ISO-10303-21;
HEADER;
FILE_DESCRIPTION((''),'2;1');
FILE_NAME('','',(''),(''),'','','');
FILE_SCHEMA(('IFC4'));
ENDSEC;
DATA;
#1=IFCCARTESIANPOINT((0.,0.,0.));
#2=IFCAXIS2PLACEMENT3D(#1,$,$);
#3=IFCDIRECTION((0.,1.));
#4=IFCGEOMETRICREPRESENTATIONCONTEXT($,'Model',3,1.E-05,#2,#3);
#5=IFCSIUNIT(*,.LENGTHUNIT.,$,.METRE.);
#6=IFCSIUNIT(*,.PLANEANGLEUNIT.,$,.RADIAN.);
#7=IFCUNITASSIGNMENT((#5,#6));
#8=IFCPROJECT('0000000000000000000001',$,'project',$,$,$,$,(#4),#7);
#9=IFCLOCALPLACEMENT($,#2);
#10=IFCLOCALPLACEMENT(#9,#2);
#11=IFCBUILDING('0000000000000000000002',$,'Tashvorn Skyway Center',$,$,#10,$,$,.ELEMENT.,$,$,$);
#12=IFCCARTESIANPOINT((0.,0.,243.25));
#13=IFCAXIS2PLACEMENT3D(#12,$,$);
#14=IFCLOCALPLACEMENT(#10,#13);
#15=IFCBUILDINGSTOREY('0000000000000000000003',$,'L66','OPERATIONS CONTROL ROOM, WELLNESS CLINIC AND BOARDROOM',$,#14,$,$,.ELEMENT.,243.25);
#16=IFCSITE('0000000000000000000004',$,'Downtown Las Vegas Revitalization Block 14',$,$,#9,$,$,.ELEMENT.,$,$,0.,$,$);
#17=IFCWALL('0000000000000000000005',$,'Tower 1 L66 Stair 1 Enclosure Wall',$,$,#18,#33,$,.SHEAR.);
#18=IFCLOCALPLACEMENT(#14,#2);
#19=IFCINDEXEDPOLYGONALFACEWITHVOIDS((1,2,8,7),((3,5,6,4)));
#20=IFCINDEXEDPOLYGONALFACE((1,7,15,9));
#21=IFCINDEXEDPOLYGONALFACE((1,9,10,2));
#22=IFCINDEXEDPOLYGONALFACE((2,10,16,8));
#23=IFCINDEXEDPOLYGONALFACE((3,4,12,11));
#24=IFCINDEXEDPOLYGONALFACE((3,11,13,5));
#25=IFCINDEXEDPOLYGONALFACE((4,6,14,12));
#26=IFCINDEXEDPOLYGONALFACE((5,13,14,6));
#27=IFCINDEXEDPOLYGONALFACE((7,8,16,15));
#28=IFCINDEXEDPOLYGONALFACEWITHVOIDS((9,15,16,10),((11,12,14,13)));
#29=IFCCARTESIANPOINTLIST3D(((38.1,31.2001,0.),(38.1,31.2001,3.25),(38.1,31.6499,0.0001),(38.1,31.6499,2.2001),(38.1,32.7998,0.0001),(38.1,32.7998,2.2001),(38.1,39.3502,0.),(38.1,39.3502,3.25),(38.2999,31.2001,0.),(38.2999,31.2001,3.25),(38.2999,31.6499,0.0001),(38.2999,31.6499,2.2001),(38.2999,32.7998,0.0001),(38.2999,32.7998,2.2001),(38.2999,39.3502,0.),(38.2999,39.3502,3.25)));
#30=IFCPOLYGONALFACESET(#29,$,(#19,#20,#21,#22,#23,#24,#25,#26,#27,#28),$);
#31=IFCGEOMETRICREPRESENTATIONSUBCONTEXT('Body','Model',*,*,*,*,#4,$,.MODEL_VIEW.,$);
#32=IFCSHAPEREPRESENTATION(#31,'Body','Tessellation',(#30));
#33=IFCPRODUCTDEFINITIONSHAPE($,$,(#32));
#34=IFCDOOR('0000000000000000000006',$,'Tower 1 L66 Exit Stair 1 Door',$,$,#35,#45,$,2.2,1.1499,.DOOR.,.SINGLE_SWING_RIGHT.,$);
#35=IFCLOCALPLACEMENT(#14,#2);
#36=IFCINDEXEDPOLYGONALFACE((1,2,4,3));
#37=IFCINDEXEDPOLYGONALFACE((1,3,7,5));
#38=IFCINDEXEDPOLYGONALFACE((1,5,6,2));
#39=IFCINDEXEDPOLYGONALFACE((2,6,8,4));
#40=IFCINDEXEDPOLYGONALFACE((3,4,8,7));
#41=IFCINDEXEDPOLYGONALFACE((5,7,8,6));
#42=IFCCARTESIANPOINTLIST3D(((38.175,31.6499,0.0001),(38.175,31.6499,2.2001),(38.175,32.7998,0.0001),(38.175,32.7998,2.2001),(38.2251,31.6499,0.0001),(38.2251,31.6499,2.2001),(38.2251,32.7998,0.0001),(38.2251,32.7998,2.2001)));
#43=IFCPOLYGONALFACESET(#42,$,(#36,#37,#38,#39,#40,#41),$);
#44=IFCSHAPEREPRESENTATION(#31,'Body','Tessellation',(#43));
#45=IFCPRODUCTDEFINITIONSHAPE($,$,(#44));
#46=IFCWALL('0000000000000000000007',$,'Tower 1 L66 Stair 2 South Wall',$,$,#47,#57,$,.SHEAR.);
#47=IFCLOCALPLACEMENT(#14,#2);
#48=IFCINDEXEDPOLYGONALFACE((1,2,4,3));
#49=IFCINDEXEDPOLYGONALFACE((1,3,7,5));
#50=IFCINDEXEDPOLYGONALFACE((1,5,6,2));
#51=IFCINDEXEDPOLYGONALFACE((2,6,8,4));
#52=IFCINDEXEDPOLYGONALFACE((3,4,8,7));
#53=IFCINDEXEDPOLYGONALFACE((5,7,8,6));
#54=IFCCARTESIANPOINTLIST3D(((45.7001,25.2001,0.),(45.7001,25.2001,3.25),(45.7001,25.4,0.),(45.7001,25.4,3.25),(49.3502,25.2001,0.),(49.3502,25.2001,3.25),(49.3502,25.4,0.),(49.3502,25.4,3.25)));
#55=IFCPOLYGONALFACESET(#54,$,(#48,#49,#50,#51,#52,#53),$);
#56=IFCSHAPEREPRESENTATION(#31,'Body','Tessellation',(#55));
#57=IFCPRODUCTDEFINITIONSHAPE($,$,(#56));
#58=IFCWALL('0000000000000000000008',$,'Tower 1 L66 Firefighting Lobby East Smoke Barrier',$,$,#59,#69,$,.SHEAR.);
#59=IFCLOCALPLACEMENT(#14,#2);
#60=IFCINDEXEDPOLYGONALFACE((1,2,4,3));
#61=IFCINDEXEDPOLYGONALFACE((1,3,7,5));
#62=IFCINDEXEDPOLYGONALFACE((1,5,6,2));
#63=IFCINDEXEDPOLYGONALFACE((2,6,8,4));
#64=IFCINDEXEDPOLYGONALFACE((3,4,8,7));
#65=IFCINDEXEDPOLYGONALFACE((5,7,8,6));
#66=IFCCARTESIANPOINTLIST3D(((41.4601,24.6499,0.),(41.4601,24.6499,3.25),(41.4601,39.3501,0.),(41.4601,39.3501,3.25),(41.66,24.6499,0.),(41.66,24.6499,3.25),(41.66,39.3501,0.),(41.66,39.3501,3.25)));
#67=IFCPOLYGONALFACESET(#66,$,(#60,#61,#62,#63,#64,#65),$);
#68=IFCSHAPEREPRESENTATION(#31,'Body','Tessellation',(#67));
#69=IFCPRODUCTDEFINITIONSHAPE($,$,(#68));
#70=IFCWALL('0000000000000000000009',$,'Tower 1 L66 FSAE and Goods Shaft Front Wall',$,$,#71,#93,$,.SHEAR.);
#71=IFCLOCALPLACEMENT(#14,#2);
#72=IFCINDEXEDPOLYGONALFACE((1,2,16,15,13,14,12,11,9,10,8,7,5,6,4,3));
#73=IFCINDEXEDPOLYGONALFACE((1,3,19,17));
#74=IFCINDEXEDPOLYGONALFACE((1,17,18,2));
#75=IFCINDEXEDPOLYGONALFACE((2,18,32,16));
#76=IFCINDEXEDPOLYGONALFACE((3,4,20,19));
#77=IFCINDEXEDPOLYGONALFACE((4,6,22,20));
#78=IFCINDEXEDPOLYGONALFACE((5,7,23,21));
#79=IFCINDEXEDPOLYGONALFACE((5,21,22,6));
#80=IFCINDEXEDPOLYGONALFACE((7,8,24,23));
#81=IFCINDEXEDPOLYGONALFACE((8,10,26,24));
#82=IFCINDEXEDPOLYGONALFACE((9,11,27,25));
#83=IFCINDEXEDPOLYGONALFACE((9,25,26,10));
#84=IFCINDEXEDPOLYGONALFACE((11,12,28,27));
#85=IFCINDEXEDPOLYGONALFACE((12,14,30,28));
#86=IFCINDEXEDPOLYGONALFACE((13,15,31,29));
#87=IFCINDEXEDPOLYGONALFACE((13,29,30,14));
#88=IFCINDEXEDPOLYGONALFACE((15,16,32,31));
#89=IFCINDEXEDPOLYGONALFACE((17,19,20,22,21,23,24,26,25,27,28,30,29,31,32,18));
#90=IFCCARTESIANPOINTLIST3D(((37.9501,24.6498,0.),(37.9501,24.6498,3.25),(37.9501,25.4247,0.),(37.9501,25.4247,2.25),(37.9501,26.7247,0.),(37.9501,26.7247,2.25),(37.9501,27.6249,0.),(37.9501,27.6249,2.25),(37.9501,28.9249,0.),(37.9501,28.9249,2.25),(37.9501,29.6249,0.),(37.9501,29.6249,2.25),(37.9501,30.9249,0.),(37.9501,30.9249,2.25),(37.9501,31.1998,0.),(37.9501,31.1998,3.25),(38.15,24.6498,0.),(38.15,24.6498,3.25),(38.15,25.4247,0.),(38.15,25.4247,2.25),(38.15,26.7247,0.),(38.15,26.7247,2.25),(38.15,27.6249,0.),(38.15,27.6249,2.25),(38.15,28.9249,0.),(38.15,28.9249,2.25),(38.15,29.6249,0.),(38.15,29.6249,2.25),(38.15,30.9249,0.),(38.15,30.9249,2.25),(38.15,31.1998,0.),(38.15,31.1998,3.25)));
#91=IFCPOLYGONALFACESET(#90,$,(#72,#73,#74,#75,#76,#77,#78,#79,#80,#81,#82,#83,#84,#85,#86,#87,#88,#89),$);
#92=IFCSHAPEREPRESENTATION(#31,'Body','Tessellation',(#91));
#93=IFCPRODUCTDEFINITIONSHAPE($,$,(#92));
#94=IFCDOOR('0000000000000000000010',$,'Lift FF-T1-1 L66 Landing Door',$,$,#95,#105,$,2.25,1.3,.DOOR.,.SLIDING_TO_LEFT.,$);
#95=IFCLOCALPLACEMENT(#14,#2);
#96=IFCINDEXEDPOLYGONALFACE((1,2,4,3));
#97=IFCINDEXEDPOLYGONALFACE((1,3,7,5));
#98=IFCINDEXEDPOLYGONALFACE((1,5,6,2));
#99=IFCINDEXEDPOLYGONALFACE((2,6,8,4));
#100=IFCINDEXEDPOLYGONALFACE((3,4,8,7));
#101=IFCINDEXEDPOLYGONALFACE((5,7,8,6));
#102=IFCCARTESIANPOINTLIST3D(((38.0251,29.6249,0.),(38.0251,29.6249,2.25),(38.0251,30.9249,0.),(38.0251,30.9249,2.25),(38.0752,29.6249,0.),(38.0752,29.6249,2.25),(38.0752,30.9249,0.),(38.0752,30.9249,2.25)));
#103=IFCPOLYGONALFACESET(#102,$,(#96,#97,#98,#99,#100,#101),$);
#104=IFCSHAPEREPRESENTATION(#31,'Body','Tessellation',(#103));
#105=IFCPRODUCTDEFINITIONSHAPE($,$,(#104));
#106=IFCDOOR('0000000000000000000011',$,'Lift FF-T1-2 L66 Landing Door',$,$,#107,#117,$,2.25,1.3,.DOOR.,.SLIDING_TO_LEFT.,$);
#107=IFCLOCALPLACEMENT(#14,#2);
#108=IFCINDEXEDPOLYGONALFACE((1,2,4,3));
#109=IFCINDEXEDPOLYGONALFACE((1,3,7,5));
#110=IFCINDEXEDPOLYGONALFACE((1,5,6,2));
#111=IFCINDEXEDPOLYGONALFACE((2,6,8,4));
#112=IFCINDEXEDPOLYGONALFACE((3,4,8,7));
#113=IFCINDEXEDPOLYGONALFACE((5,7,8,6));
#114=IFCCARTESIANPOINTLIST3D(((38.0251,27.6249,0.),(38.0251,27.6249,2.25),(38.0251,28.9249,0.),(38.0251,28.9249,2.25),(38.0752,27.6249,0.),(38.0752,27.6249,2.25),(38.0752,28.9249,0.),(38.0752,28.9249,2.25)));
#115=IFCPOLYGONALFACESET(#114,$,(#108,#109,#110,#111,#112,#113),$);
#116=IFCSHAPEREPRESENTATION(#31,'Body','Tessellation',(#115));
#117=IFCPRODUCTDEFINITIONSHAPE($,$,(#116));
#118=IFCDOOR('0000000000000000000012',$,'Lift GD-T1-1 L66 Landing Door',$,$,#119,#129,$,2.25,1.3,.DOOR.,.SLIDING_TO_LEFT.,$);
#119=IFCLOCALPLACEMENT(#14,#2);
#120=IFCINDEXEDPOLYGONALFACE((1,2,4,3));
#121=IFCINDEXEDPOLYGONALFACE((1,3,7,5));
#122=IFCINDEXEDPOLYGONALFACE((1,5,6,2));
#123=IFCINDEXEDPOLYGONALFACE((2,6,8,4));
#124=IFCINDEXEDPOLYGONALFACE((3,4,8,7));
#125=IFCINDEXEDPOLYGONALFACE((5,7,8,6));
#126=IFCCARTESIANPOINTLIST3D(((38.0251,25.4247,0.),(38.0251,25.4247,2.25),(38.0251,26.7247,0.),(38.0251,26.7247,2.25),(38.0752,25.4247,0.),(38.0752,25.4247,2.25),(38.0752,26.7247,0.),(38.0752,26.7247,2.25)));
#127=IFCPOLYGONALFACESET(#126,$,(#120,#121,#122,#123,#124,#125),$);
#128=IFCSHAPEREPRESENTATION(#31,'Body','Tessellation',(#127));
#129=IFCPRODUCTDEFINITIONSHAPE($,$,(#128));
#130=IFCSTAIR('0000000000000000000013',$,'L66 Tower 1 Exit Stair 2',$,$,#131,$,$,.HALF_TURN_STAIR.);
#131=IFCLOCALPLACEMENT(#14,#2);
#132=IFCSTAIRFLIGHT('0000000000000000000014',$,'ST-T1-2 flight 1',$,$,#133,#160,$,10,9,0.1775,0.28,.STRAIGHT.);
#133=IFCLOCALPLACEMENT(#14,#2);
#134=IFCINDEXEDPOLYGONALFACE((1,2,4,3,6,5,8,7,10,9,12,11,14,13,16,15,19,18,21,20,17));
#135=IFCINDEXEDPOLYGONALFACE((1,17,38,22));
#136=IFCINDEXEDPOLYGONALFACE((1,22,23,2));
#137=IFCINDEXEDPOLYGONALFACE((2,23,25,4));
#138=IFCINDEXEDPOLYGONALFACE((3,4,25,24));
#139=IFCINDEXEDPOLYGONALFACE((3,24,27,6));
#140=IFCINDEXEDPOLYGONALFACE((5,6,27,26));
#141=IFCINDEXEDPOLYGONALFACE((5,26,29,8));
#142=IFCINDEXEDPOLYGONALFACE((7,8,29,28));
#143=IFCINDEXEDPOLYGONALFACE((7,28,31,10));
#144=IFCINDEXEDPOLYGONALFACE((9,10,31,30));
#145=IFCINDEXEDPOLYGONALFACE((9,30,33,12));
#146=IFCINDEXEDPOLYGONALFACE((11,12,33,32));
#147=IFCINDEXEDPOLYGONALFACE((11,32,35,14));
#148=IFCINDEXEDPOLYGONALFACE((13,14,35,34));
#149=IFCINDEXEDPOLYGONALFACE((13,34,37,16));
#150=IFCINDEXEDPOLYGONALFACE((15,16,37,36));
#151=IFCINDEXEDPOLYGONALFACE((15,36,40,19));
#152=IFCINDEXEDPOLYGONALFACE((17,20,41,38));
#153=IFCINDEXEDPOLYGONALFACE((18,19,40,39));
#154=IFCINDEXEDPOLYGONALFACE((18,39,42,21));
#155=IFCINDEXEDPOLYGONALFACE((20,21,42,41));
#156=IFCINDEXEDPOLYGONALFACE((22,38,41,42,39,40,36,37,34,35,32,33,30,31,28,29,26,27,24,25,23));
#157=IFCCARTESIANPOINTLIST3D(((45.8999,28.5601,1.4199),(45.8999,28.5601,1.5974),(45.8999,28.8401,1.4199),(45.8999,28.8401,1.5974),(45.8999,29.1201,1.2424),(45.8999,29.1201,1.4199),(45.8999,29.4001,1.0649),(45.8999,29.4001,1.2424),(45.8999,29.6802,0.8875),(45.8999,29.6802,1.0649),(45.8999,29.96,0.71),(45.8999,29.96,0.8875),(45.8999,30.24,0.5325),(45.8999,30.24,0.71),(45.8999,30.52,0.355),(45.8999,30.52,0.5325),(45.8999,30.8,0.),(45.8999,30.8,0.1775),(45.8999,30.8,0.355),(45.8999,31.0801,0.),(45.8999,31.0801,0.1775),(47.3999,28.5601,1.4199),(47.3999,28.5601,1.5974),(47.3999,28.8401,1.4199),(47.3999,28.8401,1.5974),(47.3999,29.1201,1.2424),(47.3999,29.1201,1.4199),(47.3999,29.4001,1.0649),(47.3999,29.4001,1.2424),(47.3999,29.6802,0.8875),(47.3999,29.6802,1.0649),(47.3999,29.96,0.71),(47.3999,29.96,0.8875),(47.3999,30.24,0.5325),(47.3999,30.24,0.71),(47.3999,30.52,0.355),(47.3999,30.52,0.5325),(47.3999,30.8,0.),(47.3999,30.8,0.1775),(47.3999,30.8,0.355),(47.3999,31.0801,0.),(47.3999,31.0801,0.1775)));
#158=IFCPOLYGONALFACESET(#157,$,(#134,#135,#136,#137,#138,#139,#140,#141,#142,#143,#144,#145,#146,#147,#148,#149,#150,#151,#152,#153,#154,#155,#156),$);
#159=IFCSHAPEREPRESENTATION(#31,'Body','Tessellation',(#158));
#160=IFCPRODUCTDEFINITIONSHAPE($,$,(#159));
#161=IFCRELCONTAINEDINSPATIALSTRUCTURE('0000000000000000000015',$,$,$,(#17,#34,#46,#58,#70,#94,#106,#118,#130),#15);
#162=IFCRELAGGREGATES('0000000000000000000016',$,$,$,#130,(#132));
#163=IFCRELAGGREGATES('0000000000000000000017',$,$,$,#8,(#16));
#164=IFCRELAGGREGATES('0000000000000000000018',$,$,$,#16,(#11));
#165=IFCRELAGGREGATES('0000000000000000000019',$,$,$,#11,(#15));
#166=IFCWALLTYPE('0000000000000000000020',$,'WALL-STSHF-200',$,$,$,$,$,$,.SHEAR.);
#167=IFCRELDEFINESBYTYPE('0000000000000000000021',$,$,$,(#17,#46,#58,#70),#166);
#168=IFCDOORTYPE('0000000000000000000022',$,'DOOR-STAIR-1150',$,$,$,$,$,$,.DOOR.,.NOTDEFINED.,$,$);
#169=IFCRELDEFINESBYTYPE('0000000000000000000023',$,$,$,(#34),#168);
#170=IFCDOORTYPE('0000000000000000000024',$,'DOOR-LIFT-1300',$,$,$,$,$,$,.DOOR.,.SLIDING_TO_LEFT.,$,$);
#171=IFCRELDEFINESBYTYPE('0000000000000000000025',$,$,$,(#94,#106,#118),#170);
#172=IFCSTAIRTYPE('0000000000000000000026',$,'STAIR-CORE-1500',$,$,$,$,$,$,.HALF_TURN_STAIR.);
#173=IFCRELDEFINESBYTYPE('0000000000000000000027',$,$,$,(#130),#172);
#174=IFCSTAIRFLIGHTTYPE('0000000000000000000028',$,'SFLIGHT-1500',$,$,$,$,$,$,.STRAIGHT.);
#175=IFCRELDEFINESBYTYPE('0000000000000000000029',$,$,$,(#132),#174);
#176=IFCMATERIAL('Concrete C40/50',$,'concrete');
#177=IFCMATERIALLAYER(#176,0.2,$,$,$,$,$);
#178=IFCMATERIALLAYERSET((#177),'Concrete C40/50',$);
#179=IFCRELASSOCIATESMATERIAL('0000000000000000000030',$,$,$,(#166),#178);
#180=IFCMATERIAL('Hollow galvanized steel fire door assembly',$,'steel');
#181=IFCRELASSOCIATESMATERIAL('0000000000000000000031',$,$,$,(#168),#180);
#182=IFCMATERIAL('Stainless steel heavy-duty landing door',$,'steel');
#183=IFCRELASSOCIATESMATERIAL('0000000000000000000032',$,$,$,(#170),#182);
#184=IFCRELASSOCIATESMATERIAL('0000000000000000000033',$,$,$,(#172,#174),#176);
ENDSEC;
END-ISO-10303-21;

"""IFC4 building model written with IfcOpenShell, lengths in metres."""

from ifc_helpers import new_model, si_unit, direction, frame, frame_2d, origin, place, context, subcontext, project, spatial, polyline, rectangle, outline, extrude, material, layer, layer_set, type_object, element, fill, aggregate, save


model = new_model("IFC4")

# Units and contexts
model_context = context("Model", 3, precision=1e-05, world=origin(), true_north=direction((0.0, 1.0)))
body_context = subcontext(model_context, "Body", "Model", "MODEL_VIEW")
ifc_project = project(units=[si_unit("LENGTHUNIT", "METRE"), si_unit("PLANEANGLEUNIT", "RADIAN")], contexts=[model_context])

# Site, building, storey
site_placement = place(None, origin())
site = spatial("IfcSite", under=ifc_project, at=site_placement, Name="Downtown Las Vegas Revitalization Block 14", CompositionType="ELEMENT", RefElevation=0.0)
building_placement = place(site_placement, origin())
building = spatial("IfcBuilding", under=site, at=building_placement, Name="Tashvorn Skyway Center", CompositionType="ELEMENT")
storey_placement = place(building_placement, frame((0.0, 0.0, 243.25)))
storey = spatial("IfcBuildingStorey", under=building, at=storey_placement, Name="L66", Description="OPERATIONS CONTROL ROOM, WELLNESS CLINIC AND BOARDROOM", CompositionType="ELEMENT", Elevation=243.25)

# Shared definitions
ifc_material_1 = material(Name="Concrete C40/50", Category="concrete")
ifc_material_2 = material(Name="Hollow galvanized steel fire door assembly", Category="steel")

# Wall, opening, door
ifc_layer_1 = layer(ifc_material_1, 0.2)
ifc_layer_set_1 = layer_set([ifc_layer_1], Name="Concrete C40/50")
wall_type_1 = type_object("IfcWallType", Name="WALL-STSHF-200", PredefinedType="SHEAR", material=ifc_layer_set_1)
wall_1_placement = place(storey_placement, frame((38.2, 31.2, 0.0), z_axis=(0.0, 0.0, 1.0), x_axis=(0.0, 1.0, 0.0)))
wall_1 = element("IfcWall", 1, at=wall_1_placement, inside=storey, type_object=wall_type_1, Name="Tower 1 L66 Stair 1 Enclosure Wall", PredefinedType="SHEAR", context=body_context, shape_type="SweptSolid", body=[
    extrude(rectangle(XDim=8.1501, YDim=0.2, at=frame_2d((4.0752, 0.0))), origin(), (0.0, 0.0, 1.0), 3.25),
])
opening_1_placement = place(wall_1_placement, frame((0.45, 0.0, 0.0)))
opening_1 = element("IfcOpeningElement", 2, at=opening_1_placement, cuts=wall_1, PredefinedType="OPENING", context=body_context, shape_type="SweptSolid", body=[
    extrude(rectangle(XDim=1.1499, YDim=2.2, at=frame_2d((0.575, 1.1001))), frame((0.0, 0.1099, 0.0), z_axis=(0.0, -1.0, 0.0), x_axis=(1.0, 0.0, 0.0)), (0.0, 0.0, 1.0), 0.22),
])
door_type_1 = type_object("IfcDoorType", Name="DOOR-STAIR-1150", OperationType="NOTDEFINED", PredefinedType="DOOR", material=ifc_material_2)
door_1_placement = place(opening_1_placement, origin())
door_1 = element("IfcDoor", 3, at=door_1_placement, inside=storey, type_object=door_type_1, Name="Tower 1 L66 Exit Stair 1 Door", OperationType="SINGLE_SWING_RIGHT", OverallHeight=2.2, OverallWidth=1.1499, PredefinedType="DOOR", context=body_context, shape_type="SweptSolid", body=[
    extrude(rectangle(XDim=1.1499, YDim=2.2, at=frame_2d((0.575, 1.1001))), frame((0.0, 0.0249, 0.0), z_axis=(0.0, -1.0, 0.0), x_axis=(1.0, 0.0, 0.0)), (0.0, 0.0, 1.0), 0.05),
])
fill(opening_1, door_1)

# Walls
wall_2_placement = place(storey_placement, frame((45.7, 25.3, 0.0), z_axis=(0.0, 0.0, 1.0), x_axis=(1.0, 0.0, 0.0)))
element("IfcWall", 4, at=wall_2_placement, inside=storey, type_object=wall_type_1, Name="Tower 1 L66 Stair 2 South Wall", PredefinedType="SHEAR", context=body_context, shape_type="SweptSolid", body=[
    extrude(rectangle(XDim=3.6501, YDim=0.2, at=frame_2d((1.8252, 0.0))), origin(), (0.0, 0.0, 1.0), 3.25),
])
wall_3_placement = place(storey_placement, frame((41.5601, 24.6499, 0.0), z_axis=(0.0, 0.0, 1.0), x_axis=(0.0, 1.0, 0.0)))
element("IfcWall", 5, at=wall_3_placement, inside=storey, type_object=wall_type_1, Name="Tower 1 L66 Firefighting Lobby East Smoke Barrier", PredefinedType="SHEAR", context=body_context, shape_type="SweptSolid", body=[
    extrude(rectangle(XDim=14.7002, YDim=0.2, at=frame_2d((7.3501, 0.0))), origin(), (0.0, 0.0, 1.0), 3.25),
])

# Wall, openings, doors
wall_4_placement = place(storey_placement, frame((38.05, 24.6499, 0.0), z_axis=(0.0, 0.0, 1.0), x_axis=(0.0, 1.0, 0.0)))
wall_4 = element("IfcWall", 6, at=wall_4_placement, inside=storey, type_object=wall_type_1, Name="Tower 1 L66 FSAE and Goods Shaft Front Wall", PredefinedType="SHEAR", context=body_context, shape_type="SweptSolid", body=[
    extrude(rectangle(XDim=6.55, YDim=0.2, at=frame_2d((3.2749, 0.0))), origin(), (0.0, 0.0, 1.0), 3.25),
])
opening_2_placement = place(wall_4_placement, frame((4.9751, 0.0, 0.0)))
opening_2 = element("IfcOpeningElement", 7, at=opening_2_placement, cuts=wall_4, PredefinedType="OPENING", context=body_context, shape_type="SweptSolid", body=[
    extrude(rectangle(XDim=1.3, YDim=2.25, at=frame_2d((0.6499, 1.125))), frame((0.0, 0.1099, 0.0), z_axis=(0.0, -1.0, 0.0), x_axis=(1.0, 0.0, 0.0)), (0.0, 0.0, 1.0), 0.22),
])
opening_3_placement = place(wall_4_placement, frame((2.9751, 0.0, 0.0)))
opening_3 = element("IfcOpeningElement", 8, at=opening_3_placement, cuts=wall_4, PredefinedType="OPENING", context=body_context, shape_type="SweptSolid", body=[
    extrude(rectangle(XDim=1.3, YDim=2.25, at=frame_2d((0.6499, 1.125))), frame((0.0, 0.1099, 0.0), z_axis=(0.0, -1.0, 0.0), x_axis=(1.0, 0.0, 0.0)), (0.0, 0.0, 1.0), 0.22),
])
opening_4_placement = place(wall_4_placement, frame((0.7749, 0.0, 0.0)))
opening_4 = element("IfcOpeningElement", 9, at=opening_4_placement, cuts=wall_4, PredefinedType="OPENING", context=body_context, shape_type="SweptSolid", body=[
    extrude(rectangle(XDim=1.3, YDim=2.25, at=frame_2d((0.6499, 1.125))), frame((0.0, 0.1099, 0.0), z_axis=(0.0, -1.0, 0.0), x_axis=(1.0, 0.0, 0.0)), (0.0, 0.0, 1.0), 0.22),
])
ifc_material_3 = material(Name="Stainless steel heavy-duty landing door", Category="steel")
door_type_2 = type_object("IfcDoorType", Name="DOOR-LIFT-1300", OperationType="SLIDING_TO_LEFT", PredefinedType="DOOR", material=ifc_material_3)
door_2_placement = place(opening_2_placement, origin())
door_2 = element("IfcDoor", 10, at=door_2_placement, inside=storey, type_object=door_type_2, Name="Lift FF-T1-1 L66 Landing Door", OperationType="SLIDING_TO_LEFT", OverallHeight=2.25, OverallWidth=1.3, PredefinedType="DOOR", context=body_context, shape_type="SweptSolid", body=[
    extrude(rectangle(XDim=1.3, YDim=2.25, at=frame_2d((0.6499, 1.125))), frame((0.0, 0.0249, 0.0), z_axis=(0.0, -1.0, 0.0), x_axis=(1.0, 0.0, 0.0)), (0.0, 0.0, 1.0), 0.05),
])
fill(opening_2, door_2)
door_3_placement = place(opening_3_placement, origin())
door_3 = element("IfcDoor", 11, at=door_3_placement, inside=storey, type_object=door_type_2, Name="Lift FF-T1-2 L66 Landing Door", OperationType="SLIDING_TO_LEFT", OverallHeight=2.25, OverallWidth=1.3, PredefinedType="DOOR", context=body_context, shape_type="SweptSolid", body=[
    extrude(rectangle(XDim=1.3, YDim=2.25, at=frame_2d((0.6499, 1.125))), frame((0.0, 0.0249, 0.0), z_axis=(0.0, -1.0, 0.0), x_axis=(1.0, 0.0, 0.0)), (0.0, 0.0, 1.0), 0.05),
])
fill(opening_3, door_3)
door_4_placement = place(opening_4_placement, origin())
door_4 = element("IfcDoor", 12, at=door_4_placement, inside=storey, type_object=door_type_2, Name="Lift GD-T1-1 L66 Landing Door", OperationType="SLIDING_TO_LEFT", OverallHeight=2.25, OverallWidth=1.3, PredefinedType="DOOR", context=body_context, shape_type="SweptSolid", body=[
    extrude(rectangle(XDim=1.3, YDim=2.25, at=frame_2d((0.6499, 1.125))), frame((0.0, 0.0249, 0.0), z_axis=(0.0, -1.0, 0.0), x_axis=(1.0, 0.0, 0.0)), (0.0, 0.0, 1.0), 0.05),
])
fill(opening_4, door_4)

# Stair, stair flight
stair_type = type_object("IfcStairType", Name="STAIR-CORE-1500", PredefinedType="HALF_TURN_STAIR", material=ifc_material_1)
stair_placement = place(storey_placement, origin())
stair = element("IfcStair", 13, at=stair_placement, inside=storey, type_object=stair_type, Name="L66 Tower 1 Exit Stair 2", PredefinedType="HALF_TURN_STAIR")
stair_flight_type = type_object("IfcStairFlightType", Name="SFLIGHT-1500", PredefinedType="STRAIGHT", material=ifc_material_1)
stair_flight_placement = place(storey_placement, frame((46.6499, 31.0801, 0.0), z_axis=(0.0, 0.0, 1.0), x_axis=(0.0, -1.0, 0.0)))
stair_flight = element("IfcStairFlight", 14, at=stair_flight_placement, type_object=stair_flight_type, Name="ST-T1-2 flight 1", NumberOfRisers=10, NumberOfTreads=9, PredefinedType="STRAIGHT", RiserHeight=0.1775, TreadLength=0.28, context=body_context, shape_type="SweptSolid", body=[
    extrude(outline(polyline([(0.0, 0.0), (0.0, 0.1775), (0.28, 0.1775), (0.28, 0.355), (0.5601, 0.355), (0.5601, 0.5325), (0.8401, 0.5325), (0.8401, 0.71), (1.1201, 0.71), (1.1201, 0.8875), (1.3999, 0.8875), (1.3999, 1.0649), (1.6799, 1.0649), (1.6799, 1.2424), (1.96, 1.2424), (1.96, 1.4199), (2.24, 1.4199), (2.24, 1.5974), (2.52, 1.5974), (2.52, 1.7749), (2.52, 1.4199), (0.28, 0.0), (0.0, 0.0)])), frame((0.0, 0.75, 0.0), z_axis=(0.0, -1.0, 0.0), x_axis=(1.0, 0.0, 0.0)), (0.0, 0.0, 1.0), 1.5),
])
aggregate(stair, [stair_flight])

save(model, "model.ifc")
